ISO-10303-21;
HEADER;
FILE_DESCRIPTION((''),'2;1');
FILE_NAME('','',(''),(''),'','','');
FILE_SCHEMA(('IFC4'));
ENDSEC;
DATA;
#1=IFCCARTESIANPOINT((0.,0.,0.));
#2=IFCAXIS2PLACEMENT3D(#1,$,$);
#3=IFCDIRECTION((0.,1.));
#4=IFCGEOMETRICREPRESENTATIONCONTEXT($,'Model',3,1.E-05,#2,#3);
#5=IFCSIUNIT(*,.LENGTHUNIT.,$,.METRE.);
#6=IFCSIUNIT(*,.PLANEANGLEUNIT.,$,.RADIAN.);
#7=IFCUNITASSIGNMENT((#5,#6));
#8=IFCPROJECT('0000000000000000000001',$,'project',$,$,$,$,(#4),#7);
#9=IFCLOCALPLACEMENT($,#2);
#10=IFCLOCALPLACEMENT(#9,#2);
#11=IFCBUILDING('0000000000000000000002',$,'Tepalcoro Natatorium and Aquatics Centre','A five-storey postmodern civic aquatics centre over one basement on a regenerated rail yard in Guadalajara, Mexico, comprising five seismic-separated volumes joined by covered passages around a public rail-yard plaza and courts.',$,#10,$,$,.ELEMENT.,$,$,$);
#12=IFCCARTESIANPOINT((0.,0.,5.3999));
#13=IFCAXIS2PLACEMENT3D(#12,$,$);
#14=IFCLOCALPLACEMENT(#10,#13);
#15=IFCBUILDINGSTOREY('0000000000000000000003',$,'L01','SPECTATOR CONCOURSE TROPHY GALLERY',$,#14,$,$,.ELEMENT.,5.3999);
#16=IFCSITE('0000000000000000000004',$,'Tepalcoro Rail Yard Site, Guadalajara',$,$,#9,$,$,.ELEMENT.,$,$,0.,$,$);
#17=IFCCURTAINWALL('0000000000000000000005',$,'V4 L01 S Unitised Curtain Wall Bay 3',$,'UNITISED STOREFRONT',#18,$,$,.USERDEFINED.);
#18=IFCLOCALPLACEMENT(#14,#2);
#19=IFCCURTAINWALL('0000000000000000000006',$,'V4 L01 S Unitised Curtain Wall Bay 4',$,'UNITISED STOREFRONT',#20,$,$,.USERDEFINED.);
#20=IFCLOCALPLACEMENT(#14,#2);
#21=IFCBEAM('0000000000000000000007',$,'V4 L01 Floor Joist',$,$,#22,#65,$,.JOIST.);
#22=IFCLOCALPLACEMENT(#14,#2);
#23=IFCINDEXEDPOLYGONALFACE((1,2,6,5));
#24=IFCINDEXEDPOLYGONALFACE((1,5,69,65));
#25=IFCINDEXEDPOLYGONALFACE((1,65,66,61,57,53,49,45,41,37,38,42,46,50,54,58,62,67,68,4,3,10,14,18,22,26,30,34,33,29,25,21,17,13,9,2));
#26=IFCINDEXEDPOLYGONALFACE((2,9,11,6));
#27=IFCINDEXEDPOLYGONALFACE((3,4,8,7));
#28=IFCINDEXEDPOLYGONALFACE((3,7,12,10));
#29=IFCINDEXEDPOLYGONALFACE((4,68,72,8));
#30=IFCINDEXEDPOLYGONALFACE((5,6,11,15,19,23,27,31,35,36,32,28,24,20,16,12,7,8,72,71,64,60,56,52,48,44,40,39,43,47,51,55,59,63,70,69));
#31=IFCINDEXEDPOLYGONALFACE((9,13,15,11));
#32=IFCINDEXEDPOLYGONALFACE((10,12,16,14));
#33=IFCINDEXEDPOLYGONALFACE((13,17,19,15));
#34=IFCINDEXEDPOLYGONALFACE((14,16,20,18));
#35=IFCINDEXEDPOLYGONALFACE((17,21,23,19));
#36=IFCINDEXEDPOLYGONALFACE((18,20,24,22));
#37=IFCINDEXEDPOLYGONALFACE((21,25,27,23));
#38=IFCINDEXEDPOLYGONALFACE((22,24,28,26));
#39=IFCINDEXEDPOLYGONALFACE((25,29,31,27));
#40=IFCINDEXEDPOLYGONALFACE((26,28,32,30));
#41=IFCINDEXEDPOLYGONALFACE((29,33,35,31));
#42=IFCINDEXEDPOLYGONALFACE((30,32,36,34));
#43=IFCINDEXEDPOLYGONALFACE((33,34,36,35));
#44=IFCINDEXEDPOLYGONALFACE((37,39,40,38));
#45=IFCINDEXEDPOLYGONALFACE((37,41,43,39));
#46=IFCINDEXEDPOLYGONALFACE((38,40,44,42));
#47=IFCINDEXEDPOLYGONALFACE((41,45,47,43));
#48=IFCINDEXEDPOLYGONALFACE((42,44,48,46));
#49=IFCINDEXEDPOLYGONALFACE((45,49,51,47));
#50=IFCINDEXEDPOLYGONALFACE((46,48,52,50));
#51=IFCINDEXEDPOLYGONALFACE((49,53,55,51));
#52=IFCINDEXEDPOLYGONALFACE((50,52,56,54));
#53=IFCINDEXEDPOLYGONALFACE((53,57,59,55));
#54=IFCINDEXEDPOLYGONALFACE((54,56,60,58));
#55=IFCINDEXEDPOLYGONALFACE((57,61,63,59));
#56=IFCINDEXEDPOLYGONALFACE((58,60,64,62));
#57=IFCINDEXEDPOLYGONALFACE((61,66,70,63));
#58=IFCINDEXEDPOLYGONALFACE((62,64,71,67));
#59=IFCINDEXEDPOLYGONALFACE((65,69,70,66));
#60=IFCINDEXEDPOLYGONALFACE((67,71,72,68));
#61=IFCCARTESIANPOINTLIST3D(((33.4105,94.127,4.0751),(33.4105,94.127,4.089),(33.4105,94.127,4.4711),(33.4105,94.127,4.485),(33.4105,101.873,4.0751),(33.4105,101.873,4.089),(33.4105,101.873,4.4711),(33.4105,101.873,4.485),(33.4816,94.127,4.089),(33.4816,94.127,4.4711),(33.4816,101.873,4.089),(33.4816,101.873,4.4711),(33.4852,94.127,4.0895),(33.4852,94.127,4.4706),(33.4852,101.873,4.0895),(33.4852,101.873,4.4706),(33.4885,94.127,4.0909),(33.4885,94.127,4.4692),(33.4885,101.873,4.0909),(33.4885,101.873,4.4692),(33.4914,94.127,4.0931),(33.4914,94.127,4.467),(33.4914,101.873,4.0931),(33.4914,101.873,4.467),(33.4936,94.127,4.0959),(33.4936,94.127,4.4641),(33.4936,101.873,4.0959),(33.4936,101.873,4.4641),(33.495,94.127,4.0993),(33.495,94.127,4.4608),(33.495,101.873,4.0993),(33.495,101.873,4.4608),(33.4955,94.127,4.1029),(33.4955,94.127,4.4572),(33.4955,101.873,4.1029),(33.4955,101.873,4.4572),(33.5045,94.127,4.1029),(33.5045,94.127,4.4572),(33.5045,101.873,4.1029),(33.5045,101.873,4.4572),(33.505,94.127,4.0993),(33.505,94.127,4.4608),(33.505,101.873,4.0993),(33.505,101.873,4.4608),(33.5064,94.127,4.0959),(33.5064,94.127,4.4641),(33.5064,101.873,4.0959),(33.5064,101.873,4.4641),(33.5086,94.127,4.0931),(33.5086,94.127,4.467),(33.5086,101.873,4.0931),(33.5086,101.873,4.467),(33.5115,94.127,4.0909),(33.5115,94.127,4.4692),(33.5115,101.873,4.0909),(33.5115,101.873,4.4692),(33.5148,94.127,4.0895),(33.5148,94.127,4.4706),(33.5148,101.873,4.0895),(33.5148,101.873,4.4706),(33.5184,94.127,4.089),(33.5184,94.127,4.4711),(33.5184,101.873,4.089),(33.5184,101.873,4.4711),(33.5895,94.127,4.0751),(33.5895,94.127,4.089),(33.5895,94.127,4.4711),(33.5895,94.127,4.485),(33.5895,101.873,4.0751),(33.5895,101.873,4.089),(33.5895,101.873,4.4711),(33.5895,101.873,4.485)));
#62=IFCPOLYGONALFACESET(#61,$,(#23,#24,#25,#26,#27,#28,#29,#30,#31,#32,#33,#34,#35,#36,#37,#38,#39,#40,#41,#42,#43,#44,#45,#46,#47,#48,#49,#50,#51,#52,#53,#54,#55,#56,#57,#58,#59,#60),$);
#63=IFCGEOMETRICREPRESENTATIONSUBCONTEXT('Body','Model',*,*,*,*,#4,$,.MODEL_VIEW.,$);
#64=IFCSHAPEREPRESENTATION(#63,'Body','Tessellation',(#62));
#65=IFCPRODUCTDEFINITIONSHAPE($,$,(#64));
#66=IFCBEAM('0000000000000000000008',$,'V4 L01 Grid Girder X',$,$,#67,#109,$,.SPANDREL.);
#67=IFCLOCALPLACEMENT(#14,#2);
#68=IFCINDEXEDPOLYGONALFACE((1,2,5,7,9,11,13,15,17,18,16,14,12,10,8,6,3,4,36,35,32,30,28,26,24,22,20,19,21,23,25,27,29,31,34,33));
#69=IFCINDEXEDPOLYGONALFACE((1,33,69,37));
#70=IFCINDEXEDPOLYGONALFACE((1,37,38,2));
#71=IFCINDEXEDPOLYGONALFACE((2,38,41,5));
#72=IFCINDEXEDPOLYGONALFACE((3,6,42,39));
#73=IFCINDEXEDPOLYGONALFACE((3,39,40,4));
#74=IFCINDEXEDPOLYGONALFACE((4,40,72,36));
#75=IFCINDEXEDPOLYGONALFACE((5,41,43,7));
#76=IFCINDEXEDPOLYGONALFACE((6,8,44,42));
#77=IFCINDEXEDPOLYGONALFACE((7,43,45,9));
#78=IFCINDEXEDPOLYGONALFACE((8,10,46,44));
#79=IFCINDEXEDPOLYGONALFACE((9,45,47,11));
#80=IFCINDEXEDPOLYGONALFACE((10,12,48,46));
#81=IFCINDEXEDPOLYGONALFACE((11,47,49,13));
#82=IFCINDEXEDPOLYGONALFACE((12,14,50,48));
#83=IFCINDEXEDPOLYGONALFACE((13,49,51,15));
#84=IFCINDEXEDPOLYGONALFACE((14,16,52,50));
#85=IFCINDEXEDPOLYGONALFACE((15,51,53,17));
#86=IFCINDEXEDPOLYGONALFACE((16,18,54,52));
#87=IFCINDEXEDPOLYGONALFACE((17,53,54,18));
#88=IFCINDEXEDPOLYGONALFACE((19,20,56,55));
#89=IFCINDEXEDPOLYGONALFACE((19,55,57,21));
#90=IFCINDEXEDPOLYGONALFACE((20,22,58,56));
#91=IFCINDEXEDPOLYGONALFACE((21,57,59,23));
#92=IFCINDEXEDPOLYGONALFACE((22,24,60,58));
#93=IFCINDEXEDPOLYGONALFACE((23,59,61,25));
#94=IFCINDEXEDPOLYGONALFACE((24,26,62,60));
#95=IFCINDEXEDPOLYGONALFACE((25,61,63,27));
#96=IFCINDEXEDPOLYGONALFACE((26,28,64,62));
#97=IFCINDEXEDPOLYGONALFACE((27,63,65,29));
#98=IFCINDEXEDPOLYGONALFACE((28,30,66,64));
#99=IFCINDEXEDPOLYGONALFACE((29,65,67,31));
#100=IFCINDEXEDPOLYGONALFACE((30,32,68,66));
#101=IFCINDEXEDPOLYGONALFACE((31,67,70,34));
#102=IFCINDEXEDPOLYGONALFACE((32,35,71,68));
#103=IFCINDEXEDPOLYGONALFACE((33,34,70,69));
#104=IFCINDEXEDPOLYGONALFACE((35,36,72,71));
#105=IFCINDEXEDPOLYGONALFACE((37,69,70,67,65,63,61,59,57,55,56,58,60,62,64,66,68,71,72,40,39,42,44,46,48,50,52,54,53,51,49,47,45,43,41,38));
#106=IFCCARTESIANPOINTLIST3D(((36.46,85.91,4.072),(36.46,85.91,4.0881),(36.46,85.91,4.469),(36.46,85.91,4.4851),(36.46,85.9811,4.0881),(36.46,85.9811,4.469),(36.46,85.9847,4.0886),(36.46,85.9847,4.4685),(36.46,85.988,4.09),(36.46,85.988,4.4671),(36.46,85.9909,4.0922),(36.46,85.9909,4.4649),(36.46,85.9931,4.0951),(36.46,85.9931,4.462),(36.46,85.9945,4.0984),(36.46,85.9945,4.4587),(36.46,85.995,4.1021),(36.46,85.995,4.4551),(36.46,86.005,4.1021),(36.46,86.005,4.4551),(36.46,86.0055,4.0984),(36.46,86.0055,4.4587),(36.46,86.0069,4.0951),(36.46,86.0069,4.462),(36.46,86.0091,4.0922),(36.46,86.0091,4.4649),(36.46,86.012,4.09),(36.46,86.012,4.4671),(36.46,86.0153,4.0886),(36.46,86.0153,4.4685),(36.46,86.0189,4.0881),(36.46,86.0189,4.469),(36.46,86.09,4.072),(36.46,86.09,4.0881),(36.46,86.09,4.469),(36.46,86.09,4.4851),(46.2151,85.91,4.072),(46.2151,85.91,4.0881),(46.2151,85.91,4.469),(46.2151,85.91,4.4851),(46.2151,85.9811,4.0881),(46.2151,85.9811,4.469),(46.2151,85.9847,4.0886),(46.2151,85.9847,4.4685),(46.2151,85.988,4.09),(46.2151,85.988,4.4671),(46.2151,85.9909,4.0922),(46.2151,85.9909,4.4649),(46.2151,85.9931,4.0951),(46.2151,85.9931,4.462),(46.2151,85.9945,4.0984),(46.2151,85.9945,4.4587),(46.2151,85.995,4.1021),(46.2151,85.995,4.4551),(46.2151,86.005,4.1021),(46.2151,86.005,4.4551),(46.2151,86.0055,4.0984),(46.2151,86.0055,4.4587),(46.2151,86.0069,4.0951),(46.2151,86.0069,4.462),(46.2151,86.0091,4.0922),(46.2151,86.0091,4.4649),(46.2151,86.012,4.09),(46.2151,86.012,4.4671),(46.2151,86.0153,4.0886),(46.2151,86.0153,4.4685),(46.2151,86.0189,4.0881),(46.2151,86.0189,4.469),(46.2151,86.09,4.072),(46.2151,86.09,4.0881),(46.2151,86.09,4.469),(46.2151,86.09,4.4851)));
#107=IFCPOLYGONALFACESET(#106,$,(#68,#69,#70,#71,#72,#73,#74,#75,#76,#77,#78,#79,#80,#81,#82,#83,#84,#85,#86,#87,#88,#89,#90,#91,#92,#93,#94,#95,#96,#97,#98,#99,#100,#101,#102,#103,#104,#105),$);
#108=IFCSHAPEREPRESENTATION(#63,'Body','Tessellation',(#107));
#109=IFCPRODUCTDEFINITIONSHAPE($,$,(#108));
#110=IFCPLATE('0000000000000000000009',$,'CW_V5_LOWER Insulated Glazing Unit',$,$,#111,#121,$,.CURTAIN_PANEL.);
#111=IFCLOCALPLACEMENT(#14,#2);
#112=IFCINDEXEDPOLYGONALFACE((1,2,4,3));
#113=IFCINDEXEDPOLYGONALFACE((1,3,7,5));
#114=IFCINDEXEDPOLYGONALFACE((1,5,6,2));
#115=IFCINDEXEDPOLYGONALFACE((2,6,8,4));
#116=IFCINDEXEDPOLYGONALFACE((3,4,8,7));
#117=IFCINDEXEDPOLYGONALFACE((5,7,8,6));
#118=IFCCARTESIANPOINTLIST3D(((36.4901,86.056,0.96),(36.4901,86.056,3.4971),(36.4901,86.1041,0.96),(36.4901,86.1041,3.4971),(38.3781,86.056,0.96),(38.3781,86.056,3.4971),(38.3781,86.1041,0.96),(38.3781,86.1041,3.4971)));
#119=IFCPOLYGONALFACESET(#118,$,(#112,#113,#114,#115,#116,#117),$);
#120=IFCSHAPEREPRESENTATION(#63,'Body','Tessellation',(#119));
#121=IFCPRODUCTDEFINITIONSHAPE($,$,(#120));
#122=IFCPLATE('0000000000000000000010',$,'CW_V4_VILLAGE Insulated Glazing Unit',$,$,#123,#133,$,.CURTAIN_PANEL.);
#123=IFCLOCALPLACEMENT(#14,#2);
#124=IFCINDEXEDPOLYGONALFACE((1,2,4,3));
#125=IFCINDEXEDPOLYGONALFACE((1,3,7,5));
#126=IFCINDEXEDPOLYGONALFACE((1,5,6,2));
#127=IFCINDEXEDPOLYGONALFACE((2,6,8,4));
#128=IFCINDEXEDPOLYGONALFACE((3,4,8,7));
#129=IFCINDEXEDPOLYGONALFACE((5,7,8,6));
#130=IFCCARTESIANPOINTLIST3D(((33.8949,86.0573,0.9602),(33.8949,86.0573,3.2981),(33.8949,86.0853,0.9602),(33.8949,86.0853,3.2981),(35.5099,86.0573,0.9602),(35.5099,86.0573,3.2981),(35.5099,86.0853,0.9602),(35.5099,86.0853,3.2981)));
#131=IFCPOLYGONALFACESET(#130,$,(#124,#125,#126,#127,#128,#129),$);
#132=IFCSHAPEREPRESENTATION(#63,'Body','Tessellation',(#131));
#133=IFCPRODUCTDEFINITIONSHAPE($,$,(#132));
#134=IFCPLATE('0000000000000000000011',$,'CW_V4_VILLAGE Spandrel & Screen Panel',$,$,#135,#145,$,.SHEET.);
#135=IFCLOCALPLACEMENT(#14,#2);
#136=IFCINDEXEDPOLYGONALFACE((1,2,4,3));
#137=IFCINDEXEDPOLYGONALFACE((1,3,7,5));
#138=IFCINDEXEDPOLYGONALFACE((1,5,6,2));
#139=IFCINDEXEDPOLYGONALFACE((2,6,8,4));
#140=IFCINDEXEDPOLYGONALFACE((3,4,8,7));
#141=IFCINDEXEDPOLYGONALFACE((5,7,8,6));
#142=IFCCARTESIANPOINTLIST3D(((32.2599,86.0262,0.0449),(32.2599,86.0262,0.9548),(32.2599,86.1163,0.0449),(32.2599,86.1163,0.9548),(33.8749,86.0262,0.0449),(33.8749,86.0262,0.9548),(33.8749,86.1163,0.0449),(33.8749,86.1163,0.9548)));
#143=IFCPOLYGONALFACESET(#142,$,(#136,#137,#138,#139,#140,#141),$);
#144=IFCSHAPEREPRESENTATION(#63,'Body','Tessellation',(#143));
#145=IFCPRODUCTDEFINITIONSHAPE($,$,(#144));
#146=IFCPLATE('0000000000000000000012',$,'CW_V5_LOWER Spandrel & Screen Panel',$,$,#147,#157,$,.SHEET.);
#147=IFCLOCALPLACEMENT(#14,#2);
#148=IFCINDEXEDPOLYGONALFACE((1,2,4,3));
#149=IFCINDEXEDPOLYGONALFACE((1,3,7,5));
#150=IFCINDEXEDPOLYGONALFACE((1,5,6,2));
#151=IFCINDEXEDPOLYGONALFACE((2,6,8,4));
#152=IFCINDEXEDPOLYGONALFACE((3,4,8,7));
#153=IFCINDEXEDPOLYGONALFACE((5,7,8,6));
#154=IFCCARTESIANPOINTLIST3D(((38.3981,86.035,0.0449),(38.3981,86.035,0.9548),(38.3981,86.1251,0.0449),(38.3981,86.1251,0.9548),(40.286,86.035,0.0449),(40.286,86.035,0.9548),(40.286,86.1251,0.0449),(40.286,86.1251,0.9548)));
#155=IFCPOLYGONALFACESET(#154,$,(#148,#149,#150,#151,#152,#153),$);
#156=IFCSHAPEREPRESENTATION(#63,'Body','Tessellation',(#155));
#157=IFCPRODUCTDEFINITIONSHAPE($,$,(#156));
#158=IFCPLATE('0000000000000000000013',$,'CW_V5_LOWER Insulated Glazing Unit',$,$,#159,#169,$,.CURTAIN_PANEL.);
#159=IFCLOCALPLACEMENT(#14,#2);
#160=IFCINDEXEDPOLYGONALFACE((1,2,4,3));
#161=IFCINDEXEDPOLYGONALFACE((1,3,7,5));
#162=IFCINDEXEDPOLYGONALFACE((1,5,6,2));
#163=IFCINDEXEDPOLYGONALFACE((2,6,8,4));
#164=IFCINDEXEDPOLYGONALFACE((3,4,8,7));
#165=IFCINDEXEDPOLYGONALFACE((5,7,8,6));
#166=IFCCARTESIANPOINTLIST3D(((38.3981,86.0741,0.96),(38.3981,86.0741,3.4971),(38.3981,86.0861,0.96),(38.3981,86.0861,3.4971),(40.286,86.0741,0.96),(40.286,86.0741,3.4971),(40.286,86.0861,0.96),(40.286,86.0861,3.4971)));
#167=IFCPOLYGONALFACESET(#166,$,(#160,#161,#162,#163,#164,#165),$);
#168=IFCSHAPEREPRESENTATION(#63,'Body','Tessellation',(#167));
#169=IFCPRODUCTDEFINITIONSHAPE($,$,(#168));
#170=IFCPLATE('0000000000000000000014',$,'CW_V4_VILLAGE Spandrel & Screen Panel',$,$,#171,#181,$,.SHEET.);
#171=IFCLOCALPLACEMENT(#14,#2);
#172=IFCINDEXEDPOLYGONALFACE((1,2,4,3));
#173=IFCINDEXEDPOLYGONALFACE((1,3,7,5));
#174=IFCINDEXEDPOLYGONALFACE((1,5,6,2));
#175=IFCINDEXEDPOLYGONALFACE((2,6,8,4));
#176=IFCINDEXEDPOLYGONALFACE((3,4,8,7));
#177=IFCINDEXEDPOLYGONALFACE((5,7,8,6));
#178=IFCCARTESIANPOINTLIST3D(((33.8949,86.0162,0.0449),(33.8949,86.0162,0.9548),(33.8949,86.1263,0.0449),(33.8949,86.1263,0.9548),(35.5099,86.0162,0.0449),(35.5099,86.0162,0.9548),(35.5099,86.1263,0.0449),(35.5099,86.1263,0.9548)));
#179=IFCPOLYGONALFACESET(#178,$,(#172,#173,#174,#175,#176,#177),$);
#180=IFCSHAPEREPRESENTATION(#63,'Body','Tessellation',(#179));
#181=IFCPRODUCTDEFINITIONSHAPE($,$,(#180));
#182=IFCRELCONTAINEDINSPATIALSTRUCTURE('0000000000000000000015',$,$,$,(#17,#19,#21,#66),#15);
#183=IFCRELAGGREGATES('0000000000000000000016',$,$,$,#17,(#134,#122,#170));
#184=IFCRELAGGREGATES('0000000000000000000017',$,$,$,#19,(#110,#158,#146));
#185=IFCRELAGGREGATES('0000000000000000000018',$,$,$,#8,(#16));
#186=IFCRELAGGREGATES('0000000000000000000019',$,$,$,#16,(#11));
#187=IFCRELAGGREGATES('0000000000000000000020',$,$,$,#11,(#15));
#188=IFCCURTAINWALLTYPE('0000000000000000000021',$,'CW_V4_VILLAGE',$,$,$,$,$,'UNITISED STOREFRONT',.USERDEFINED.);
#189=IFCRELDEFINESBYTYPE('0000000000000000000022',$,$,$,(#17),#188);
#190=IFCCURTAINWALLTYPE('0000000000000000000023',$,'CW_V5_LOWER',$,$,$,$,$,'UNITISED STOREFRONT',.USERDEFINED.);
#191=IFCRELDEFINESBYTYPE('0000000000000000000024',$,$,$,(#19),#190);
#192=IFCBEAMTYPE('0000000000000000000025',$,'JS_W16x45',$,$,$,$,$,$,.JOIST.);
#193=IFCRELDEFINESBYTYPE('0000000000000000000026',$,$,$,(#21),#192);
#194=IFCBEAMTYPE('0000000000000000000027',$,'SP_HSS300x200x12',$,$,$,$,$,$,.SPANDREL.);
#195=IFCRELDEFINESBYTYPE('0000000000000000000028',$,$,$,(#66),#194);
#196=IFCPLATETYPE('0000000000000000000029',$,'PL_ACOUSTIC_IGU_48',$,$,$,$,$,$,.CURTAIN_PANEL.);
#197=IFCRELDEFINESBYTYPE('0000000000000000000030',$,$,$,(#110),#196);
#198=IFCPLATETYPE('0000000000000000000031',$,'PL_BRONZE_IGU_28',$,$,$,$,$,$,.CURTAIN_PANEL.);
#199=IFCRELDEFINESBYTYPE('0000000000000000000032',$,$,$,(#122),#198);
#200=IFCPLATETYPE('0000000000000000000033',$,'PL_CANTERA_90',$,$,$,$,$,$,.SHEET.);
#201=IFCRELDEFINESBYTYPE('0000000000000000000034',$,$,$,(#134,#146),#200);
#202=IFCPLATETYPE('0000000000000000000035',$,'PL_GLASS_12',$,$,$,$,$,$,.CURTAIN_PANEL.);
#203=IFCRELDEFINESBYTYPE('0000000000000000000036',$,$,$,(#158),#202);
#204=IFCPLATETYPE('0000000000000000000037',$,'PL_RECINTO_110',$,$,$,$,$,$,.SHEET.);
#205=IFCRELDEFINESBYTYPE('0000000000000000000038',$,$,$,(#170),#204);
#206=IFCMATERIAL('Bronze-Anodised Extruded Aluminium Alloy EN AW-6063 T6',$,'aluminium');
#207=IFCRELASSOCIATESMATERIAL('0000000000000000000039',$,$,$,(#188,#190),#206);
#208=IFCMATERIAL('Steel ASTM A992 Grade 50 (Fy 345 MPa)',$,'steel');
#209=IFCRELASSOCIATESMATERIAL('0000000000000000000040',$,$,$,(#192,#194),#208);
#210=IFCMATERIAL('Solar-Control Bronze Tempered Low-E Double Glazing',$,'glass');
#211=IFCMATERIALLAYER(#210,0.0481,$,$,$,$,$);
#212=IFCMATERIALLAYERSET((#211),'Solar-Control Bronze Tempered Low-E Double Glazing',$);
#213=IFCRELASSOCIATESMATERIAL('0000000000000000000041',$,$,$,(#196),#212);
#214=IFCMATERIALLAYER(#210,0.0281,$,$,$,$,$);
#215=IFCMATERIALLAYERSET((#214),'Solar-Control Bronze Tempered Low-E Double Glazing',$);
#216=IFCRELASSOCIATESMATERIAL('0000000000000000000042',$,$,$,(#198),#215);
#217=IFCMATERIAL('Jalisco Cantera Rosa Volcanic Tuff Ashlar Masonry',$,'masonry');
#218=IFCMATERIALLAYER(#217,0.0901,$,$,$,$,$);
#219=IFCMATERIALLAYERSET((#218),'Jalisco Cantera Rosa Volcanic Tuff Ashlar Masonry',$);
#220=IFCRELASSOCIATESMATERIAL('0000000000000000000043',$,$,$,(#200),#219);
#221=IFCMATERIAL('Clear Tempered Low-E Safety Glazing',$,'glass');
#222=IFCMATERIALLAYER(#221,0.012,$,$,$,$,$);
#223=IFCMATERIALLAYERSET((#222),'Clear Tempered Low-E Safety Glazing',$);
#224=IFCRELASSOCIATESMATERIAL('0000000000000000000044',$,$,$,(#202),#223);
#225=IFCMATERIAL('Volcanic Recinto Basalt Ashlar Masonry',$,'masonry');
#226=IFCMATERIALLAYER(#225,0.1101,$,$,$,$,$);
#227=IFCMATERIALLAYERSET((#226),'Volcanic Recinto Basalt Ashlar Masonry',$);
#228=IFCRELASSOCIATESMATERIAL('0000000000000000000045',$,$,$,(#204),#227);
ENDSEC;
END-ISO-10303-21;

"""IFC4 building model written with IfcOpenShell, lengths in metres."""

from ifc_helpers import new_model, si_unit, direction, frame, origin, origin_2d, place, context, subcontext, project, spatial, rectangle, i_section, extrude, material, layer, layer_set, material_profile, profile_set, type_object, element, aggregate, save


model = new_model("IFC4")

# Units and contexts
model_context = context("Model", 3, precision=1e-05, world=origin(), true_north=direction((0.0, 1.0)))
body_context = subcontext(model_context, "Body", "Model", "MODEL_VIEW")
ifc_project = project(units=[si_unit("LENGTHUNIT", "METRE"), si_unit("PLANEANGLEUNIT", "RADIAN")], contexts=[model_context])

# Site, building, storey
site_placement = place(None, origin())
site = spatial("IfcSite", under=ifc_project, at=site_placement, Name="Tepalcoro Rail Yard Site, Guadalajara", CompositionType="ELEMENT", RefElevation=0.0)
building_placement = place(site_placement, origin())
building = spatial("IfcBuilding", under=site, at=building_placement, Name="Tepalcoro Natatorium and Aquatics Centre", Description="A five-storey postmodern civic aquatics centre over one basement on a regenerated rail yard in Guadalajara, Mexico, comprising five seismic-separated volumes joined by covered passages around a public rail-yard plaza and courts.", CompositionType="ELEMENT")
storey_placement = place(building_placement, frame((0.0, 0.0, 5.3999)))
storey = spatial("IfcBuildingStorey", under=building, at=storey_placement, Name="L01", Description="SPECTATOR CONCOURSE TROPHY GALLERY", CompositionType="ELEMENT", Elevation=5.3999)

# Shared definitions
ifc_material_1 = material(Name="Steel ASTM A992 Grade 50 (Fy 345 MPa)", Category="steel")

# Curtain walls
ifc_material_2 = material(Name="Bronze-Anodised Extruded Aluminium Alloy EN AW-6063 T6", Category="aluminium")
curtain_wall_type_1 = type_object("IfcCurtainWallType", Name="CW_V4_VILLAGE", ElementType="UNITISED STOREFRONT", PredefinedType="USERDEFINED", material=ifc_material_2)
curtain_wall_1_placement = place(storey_placement, origin())
curtain_wall_1 = element("IfcCurtainWall", 1, at=curtain_wall_1_placement, inside=storey, type_object=curtain_wall_type_1, Name="V4 L01 S Unitised Curtain Wall Bay 3", ObjectType="UNITISED STOREFRONT", PredefinedType="USERDEFINED")
curtain_wall_type_2 = type_object("IfcCurtainWallType", Name="CW_V5_LOWER", ElementType="UNITISED STOREFRONT", PredefinedType="USERDEFINED", material=ifc_material_2)
curtain_wall_2_placement = place(storey_placement, origin())
curtain_wall_2 = element("IfcCurtainWall", 2, at=curtain_wall_2_placement, inside=storey, type_object=curtain_wall_type_2, Name="V4 L01 S Unitised Curtain Wall Bay 4", ObjectType="UNITISED STOREFRONT", PredefinedType="USERDEFINED")

# Beams
ifc_material_profile_1 = material_profile(ifc_material_1, i_section(OverallWidth=0.179, OverallDepth=0.4099, WebThickness=0.009, FlangeThickness=0.0139, FilletRadius=0.0139, at=origin_2d()), Name="W16X45")
ifc_profile_set_1 = profile_set([ifc_material_profile_1], Name="Steel ASTM A992 Grade 50 (Fy 345 MPa)")
beam_type_1 = type_object("IfcBeamType", Name="JS_W16x45", PredefinedType="JOIST", material=ifc_profile_set_1)
beam_1_placement = place(storey_placement, frame((33.5, 94.127, 4.28), z_axis=(0.0, 1.0, 0.0), x_axis=(-1.0, 0.0, 0.0)))
element("IfcBeam", 3, at=beam_1_placement, inside=storey, type_object=beam_type_1, Name="V4 L01 Floor Joist", PredefinedType="JOIST", context=body_context, shape_type="SweptSolid", body=[
    extrude(i_section(OverallWidth=0.179, OverallDepth=0.4099, WebThickness=0.009, FlangeThickness=0.0139, FilletRadius=0.0139, at=origin_2d()), origin(), (0.0, 0.0, 1.0), 7.7461),
])
ifc_material_profile_2 = material_profile(ifc_material_1, i_section(OverallWidth=0.1799, OverallDepth=0.4131, WebThickness=0.01, FlangeThickness=0.0161, FilletRadius=0.0139, at=origin_2d()), Name="W16X50")
ifc_profile_set_2 = profile_set([ifc_material_profile_2], Name="Steel ASTM A992 Grade 50 (Fy 345 MPa)")
beam_type_2 = type_object("IfcBeamType", Name="SP_HSS300x200x12", PredefinedType="SPANDREL", material=ifc_profile_set_2)
beam_2_placement = place(storey_placement, frame((36.46, 86.0, 4.2786), z_axis=(1.0, 0.0, 0.0), x_axis=(0.0, 1.0, 0.0)))
element("IfcBeam", 4, at=beam_2_placement, inside=storey, type_object=beam_type_2, Name="V4 L01 Grid Girder X", PredefinedType="SPANDREL", context=body_context, shape_type="SweptSolid", body=[
    extrude(i_section(OverallWidth=0.1799, OverallDepth=0.4131, WebThickness=0.01, FlangeThickness=0.0161, FilletRadius=0.0139, at=origin_2d()), origin(), (0.0, 0.0, 1.0), 9.7551),
])

# Plates
ifc_material_3 = material(Name="Solar-Control Bronze Tempered Low-E Double Glazing", Category="glass")
ifc_layer_1 = layer(ifc_material_3, 0.0481)
ifc_layer_set_1 = layer_set([ifc_layer_1], Name="Solar-Control Bronze Tempered Low-E Double Glazing")
plate_type_1 = type_object("IfcPlateType", Name="PL_ACOUSTIC_IGU_48", PredefinedType="CURTAIN_PANEL", material=ifc_layer_set_1)
plate_1_placement = place(storey_placement, frame((37.4341, 86.0801, 0.96), z_axis=(0.0, 0.0, 1.0), x_axis=(1.0, 0.0, 0.0)))
plate_1 = element("IfcPlate", 5, at=plate_1_placement, type_object=plate_type_1, Name="CW_V5_LOWER Insulated Glazing Unit", PredefinedType="CURTAIN_PANEL", context=body_context, shape_type="SweptSolid", body=[
    extrude(rectangle(XDim=1.8879, YDim=0.0481, at=origin_2d()), origin(), (0.0, 0.0, 1.0), 2.5371),
])
ifc_layer_2 = layer(ifc_material_3, 0.0281)
ifc_layer_set_2 = layer_set([ifc_layer_2], Name="Solar-Control Bronze Tempered Low-E Double Glazing")
plate_type_2 = type_object("IfcPlateType", Name="PL_BRONZE_IGU_28", PredefinedType="CURTAIN_PANEL", material=ifc_layer_set_2)
plate_2_placement = place(storey_placement, frame((34.7024, 86.0713, 0.9602), z_axis=(0.0, 0.0, 1.0), x_axis=(1.0, 0.0, 0.0)))
plate_2 = element("IfcPlate", 6, at=plate_2_placement, type_object=plate_type_2, Name="CW_V4_VILLAGE Insulated Glazing Unit", PredefinedType="CURTAIN_PANEL", context=body_context, shape_type="SweptSolid", body=[
    extrude(rectangle(XDim=1.615, YDim=0.0281, at=origin_2d()), origin(), (0.0, 0.0, 1.0), 2.3379),
])
ifc_material_4 = material(Name="Jalisco Cantera Rosa Volcanic Tuff Ashlar Masonry", Category="masonry")
ifc_layer_3 = layer(ifc_material_4, 0.0901)
ifc_layer_set_3 = layer_set([ifc_layer_3], Name="Jalisco Cantera Rosa Volcanic Tuff Ashlar Masonry")
plate_type_3 = type_object("IfcPlateType", Name="PL_CANTERA_90", PredefinedType="SHEET", material=ifc_layer_set_3)
plate_3_placement = place(storey_placement, frame((33.0674, 86.0713, 0.0449), z_axis=(0.0, 0.0, 1.0), x_axis=(1.0, 0.0, 0.0)))
plate_3 = element("IfcPlate", 7, at=plate_3_placement, type_object=plate_type_3, Name="CW_V4_VILLAGE Spandrel & Screen Panel", PredefinedType="SHEET", context=body_context, shape_type="SweptSolid", body=[
    extrude(rectangle(XDim=1.615, YDim=0.0901, at=origin_2d()), origin(), (0.0, 0.0, 1.0), 0.9099),
])
plate_4_placement = place(storey_placement, frame((39.342, 86.0801, 0.0449), z_axis=(0.0, 0.0, 1.0), x_axis=(1.0, 0.0, 0.0)))
plate_4 = element("IfcPlate", 8, at=plate_4_placement, type_object=plate_type_3, Name="CW_V5_LOWER Spandrel & Screen Panel", PredefinedType="SHEET", context=body_context, shape_type="SweptSolid", body=[
    extrude(rectangle(XDim=1.8879, YDim=0.0901, at=origin_2d()), origin(), (0.0, 0.0, 1.0), 0.9099),
])
ifc_material_5 = material(Name="Clear Tempered Low-E Safety Glazing", Category="glass")
ifc_layer_4 = layer(ifc_material_5, 0.012)
ifc_layer_set_4 = layer_set([ifc_layer_4], Name="Clear Tempered Low-E Safety Glazing")
plate_type_4 = type_object("IfcPlateType", Name="PL_GLASS_12", PredefinedType="CURTAIN_PANEL", material=ifc_layer_set_4)
plate_5_placement = place(storey_placement, frame((39.342, 86.0801, 0.96), z_axis=(0.0, 0.0, 1.0), x_axis=(1.0, 0.0, 0.0)))
plate_5 = element("IfcPlate", 9, at=plate_5_placement, type_object=plate_type_4, Name="CW_V5_LOWER Insulated Glazing Unit", PredefinedType="CURTAIN_PANEL", context=body_context, shape_type="SweptSolid", body=[
    extrude(rectangle(XDim=1.8879, YDim=0.012, at=origin_2d()), origin(), (0.0, 0.0, 1.0), 2.5371),
])
ifc_material_6 = material(Name="Volcanic Recinto Basalt Ashlar Masonry", Category="masonry")
ifc_layer_5 = layer(ifc_material_6, 0.1101)
ifc_layer_set_5 = layer_set([ifc_layer_5], Name="Volcanic Recinto Basalt Ashlar Masonry")
plate_type_5 = type_object("IfcPlateType", Name="PL_RECINTO_110", PredefinedType="SHEET", material=ifc_layer_set_5)
plate_6_placement = place(storey_placement, frame((34.7024, 86.0713, 0.0449), z_axis=(0.0, 0.0, 1.0), x_axis=(1.0, 0.0, 0.0)))
plate_6 = element("IfcPlate", 10, at=plate_6_placement, type_object=plate_type_5, Name="CW_V4_VILLAGE Spandrel & Screen Panel", PredefinedType="SHEET", context=body_context, shape_type="SweptSolid", body=[
    extrude(rectangle(XDim=1.615, YDim=0.1101, at=origin_2d()), origin(), (0.0, 0.0, 1.0), 0.9099),
])
aggregate(curtain_wall_1, [plate_3, plate_2, plate_6])
aggregate(curtain_wall_2, [plate_1, plate_5, plate_4])

save(model, "model.ifc")
